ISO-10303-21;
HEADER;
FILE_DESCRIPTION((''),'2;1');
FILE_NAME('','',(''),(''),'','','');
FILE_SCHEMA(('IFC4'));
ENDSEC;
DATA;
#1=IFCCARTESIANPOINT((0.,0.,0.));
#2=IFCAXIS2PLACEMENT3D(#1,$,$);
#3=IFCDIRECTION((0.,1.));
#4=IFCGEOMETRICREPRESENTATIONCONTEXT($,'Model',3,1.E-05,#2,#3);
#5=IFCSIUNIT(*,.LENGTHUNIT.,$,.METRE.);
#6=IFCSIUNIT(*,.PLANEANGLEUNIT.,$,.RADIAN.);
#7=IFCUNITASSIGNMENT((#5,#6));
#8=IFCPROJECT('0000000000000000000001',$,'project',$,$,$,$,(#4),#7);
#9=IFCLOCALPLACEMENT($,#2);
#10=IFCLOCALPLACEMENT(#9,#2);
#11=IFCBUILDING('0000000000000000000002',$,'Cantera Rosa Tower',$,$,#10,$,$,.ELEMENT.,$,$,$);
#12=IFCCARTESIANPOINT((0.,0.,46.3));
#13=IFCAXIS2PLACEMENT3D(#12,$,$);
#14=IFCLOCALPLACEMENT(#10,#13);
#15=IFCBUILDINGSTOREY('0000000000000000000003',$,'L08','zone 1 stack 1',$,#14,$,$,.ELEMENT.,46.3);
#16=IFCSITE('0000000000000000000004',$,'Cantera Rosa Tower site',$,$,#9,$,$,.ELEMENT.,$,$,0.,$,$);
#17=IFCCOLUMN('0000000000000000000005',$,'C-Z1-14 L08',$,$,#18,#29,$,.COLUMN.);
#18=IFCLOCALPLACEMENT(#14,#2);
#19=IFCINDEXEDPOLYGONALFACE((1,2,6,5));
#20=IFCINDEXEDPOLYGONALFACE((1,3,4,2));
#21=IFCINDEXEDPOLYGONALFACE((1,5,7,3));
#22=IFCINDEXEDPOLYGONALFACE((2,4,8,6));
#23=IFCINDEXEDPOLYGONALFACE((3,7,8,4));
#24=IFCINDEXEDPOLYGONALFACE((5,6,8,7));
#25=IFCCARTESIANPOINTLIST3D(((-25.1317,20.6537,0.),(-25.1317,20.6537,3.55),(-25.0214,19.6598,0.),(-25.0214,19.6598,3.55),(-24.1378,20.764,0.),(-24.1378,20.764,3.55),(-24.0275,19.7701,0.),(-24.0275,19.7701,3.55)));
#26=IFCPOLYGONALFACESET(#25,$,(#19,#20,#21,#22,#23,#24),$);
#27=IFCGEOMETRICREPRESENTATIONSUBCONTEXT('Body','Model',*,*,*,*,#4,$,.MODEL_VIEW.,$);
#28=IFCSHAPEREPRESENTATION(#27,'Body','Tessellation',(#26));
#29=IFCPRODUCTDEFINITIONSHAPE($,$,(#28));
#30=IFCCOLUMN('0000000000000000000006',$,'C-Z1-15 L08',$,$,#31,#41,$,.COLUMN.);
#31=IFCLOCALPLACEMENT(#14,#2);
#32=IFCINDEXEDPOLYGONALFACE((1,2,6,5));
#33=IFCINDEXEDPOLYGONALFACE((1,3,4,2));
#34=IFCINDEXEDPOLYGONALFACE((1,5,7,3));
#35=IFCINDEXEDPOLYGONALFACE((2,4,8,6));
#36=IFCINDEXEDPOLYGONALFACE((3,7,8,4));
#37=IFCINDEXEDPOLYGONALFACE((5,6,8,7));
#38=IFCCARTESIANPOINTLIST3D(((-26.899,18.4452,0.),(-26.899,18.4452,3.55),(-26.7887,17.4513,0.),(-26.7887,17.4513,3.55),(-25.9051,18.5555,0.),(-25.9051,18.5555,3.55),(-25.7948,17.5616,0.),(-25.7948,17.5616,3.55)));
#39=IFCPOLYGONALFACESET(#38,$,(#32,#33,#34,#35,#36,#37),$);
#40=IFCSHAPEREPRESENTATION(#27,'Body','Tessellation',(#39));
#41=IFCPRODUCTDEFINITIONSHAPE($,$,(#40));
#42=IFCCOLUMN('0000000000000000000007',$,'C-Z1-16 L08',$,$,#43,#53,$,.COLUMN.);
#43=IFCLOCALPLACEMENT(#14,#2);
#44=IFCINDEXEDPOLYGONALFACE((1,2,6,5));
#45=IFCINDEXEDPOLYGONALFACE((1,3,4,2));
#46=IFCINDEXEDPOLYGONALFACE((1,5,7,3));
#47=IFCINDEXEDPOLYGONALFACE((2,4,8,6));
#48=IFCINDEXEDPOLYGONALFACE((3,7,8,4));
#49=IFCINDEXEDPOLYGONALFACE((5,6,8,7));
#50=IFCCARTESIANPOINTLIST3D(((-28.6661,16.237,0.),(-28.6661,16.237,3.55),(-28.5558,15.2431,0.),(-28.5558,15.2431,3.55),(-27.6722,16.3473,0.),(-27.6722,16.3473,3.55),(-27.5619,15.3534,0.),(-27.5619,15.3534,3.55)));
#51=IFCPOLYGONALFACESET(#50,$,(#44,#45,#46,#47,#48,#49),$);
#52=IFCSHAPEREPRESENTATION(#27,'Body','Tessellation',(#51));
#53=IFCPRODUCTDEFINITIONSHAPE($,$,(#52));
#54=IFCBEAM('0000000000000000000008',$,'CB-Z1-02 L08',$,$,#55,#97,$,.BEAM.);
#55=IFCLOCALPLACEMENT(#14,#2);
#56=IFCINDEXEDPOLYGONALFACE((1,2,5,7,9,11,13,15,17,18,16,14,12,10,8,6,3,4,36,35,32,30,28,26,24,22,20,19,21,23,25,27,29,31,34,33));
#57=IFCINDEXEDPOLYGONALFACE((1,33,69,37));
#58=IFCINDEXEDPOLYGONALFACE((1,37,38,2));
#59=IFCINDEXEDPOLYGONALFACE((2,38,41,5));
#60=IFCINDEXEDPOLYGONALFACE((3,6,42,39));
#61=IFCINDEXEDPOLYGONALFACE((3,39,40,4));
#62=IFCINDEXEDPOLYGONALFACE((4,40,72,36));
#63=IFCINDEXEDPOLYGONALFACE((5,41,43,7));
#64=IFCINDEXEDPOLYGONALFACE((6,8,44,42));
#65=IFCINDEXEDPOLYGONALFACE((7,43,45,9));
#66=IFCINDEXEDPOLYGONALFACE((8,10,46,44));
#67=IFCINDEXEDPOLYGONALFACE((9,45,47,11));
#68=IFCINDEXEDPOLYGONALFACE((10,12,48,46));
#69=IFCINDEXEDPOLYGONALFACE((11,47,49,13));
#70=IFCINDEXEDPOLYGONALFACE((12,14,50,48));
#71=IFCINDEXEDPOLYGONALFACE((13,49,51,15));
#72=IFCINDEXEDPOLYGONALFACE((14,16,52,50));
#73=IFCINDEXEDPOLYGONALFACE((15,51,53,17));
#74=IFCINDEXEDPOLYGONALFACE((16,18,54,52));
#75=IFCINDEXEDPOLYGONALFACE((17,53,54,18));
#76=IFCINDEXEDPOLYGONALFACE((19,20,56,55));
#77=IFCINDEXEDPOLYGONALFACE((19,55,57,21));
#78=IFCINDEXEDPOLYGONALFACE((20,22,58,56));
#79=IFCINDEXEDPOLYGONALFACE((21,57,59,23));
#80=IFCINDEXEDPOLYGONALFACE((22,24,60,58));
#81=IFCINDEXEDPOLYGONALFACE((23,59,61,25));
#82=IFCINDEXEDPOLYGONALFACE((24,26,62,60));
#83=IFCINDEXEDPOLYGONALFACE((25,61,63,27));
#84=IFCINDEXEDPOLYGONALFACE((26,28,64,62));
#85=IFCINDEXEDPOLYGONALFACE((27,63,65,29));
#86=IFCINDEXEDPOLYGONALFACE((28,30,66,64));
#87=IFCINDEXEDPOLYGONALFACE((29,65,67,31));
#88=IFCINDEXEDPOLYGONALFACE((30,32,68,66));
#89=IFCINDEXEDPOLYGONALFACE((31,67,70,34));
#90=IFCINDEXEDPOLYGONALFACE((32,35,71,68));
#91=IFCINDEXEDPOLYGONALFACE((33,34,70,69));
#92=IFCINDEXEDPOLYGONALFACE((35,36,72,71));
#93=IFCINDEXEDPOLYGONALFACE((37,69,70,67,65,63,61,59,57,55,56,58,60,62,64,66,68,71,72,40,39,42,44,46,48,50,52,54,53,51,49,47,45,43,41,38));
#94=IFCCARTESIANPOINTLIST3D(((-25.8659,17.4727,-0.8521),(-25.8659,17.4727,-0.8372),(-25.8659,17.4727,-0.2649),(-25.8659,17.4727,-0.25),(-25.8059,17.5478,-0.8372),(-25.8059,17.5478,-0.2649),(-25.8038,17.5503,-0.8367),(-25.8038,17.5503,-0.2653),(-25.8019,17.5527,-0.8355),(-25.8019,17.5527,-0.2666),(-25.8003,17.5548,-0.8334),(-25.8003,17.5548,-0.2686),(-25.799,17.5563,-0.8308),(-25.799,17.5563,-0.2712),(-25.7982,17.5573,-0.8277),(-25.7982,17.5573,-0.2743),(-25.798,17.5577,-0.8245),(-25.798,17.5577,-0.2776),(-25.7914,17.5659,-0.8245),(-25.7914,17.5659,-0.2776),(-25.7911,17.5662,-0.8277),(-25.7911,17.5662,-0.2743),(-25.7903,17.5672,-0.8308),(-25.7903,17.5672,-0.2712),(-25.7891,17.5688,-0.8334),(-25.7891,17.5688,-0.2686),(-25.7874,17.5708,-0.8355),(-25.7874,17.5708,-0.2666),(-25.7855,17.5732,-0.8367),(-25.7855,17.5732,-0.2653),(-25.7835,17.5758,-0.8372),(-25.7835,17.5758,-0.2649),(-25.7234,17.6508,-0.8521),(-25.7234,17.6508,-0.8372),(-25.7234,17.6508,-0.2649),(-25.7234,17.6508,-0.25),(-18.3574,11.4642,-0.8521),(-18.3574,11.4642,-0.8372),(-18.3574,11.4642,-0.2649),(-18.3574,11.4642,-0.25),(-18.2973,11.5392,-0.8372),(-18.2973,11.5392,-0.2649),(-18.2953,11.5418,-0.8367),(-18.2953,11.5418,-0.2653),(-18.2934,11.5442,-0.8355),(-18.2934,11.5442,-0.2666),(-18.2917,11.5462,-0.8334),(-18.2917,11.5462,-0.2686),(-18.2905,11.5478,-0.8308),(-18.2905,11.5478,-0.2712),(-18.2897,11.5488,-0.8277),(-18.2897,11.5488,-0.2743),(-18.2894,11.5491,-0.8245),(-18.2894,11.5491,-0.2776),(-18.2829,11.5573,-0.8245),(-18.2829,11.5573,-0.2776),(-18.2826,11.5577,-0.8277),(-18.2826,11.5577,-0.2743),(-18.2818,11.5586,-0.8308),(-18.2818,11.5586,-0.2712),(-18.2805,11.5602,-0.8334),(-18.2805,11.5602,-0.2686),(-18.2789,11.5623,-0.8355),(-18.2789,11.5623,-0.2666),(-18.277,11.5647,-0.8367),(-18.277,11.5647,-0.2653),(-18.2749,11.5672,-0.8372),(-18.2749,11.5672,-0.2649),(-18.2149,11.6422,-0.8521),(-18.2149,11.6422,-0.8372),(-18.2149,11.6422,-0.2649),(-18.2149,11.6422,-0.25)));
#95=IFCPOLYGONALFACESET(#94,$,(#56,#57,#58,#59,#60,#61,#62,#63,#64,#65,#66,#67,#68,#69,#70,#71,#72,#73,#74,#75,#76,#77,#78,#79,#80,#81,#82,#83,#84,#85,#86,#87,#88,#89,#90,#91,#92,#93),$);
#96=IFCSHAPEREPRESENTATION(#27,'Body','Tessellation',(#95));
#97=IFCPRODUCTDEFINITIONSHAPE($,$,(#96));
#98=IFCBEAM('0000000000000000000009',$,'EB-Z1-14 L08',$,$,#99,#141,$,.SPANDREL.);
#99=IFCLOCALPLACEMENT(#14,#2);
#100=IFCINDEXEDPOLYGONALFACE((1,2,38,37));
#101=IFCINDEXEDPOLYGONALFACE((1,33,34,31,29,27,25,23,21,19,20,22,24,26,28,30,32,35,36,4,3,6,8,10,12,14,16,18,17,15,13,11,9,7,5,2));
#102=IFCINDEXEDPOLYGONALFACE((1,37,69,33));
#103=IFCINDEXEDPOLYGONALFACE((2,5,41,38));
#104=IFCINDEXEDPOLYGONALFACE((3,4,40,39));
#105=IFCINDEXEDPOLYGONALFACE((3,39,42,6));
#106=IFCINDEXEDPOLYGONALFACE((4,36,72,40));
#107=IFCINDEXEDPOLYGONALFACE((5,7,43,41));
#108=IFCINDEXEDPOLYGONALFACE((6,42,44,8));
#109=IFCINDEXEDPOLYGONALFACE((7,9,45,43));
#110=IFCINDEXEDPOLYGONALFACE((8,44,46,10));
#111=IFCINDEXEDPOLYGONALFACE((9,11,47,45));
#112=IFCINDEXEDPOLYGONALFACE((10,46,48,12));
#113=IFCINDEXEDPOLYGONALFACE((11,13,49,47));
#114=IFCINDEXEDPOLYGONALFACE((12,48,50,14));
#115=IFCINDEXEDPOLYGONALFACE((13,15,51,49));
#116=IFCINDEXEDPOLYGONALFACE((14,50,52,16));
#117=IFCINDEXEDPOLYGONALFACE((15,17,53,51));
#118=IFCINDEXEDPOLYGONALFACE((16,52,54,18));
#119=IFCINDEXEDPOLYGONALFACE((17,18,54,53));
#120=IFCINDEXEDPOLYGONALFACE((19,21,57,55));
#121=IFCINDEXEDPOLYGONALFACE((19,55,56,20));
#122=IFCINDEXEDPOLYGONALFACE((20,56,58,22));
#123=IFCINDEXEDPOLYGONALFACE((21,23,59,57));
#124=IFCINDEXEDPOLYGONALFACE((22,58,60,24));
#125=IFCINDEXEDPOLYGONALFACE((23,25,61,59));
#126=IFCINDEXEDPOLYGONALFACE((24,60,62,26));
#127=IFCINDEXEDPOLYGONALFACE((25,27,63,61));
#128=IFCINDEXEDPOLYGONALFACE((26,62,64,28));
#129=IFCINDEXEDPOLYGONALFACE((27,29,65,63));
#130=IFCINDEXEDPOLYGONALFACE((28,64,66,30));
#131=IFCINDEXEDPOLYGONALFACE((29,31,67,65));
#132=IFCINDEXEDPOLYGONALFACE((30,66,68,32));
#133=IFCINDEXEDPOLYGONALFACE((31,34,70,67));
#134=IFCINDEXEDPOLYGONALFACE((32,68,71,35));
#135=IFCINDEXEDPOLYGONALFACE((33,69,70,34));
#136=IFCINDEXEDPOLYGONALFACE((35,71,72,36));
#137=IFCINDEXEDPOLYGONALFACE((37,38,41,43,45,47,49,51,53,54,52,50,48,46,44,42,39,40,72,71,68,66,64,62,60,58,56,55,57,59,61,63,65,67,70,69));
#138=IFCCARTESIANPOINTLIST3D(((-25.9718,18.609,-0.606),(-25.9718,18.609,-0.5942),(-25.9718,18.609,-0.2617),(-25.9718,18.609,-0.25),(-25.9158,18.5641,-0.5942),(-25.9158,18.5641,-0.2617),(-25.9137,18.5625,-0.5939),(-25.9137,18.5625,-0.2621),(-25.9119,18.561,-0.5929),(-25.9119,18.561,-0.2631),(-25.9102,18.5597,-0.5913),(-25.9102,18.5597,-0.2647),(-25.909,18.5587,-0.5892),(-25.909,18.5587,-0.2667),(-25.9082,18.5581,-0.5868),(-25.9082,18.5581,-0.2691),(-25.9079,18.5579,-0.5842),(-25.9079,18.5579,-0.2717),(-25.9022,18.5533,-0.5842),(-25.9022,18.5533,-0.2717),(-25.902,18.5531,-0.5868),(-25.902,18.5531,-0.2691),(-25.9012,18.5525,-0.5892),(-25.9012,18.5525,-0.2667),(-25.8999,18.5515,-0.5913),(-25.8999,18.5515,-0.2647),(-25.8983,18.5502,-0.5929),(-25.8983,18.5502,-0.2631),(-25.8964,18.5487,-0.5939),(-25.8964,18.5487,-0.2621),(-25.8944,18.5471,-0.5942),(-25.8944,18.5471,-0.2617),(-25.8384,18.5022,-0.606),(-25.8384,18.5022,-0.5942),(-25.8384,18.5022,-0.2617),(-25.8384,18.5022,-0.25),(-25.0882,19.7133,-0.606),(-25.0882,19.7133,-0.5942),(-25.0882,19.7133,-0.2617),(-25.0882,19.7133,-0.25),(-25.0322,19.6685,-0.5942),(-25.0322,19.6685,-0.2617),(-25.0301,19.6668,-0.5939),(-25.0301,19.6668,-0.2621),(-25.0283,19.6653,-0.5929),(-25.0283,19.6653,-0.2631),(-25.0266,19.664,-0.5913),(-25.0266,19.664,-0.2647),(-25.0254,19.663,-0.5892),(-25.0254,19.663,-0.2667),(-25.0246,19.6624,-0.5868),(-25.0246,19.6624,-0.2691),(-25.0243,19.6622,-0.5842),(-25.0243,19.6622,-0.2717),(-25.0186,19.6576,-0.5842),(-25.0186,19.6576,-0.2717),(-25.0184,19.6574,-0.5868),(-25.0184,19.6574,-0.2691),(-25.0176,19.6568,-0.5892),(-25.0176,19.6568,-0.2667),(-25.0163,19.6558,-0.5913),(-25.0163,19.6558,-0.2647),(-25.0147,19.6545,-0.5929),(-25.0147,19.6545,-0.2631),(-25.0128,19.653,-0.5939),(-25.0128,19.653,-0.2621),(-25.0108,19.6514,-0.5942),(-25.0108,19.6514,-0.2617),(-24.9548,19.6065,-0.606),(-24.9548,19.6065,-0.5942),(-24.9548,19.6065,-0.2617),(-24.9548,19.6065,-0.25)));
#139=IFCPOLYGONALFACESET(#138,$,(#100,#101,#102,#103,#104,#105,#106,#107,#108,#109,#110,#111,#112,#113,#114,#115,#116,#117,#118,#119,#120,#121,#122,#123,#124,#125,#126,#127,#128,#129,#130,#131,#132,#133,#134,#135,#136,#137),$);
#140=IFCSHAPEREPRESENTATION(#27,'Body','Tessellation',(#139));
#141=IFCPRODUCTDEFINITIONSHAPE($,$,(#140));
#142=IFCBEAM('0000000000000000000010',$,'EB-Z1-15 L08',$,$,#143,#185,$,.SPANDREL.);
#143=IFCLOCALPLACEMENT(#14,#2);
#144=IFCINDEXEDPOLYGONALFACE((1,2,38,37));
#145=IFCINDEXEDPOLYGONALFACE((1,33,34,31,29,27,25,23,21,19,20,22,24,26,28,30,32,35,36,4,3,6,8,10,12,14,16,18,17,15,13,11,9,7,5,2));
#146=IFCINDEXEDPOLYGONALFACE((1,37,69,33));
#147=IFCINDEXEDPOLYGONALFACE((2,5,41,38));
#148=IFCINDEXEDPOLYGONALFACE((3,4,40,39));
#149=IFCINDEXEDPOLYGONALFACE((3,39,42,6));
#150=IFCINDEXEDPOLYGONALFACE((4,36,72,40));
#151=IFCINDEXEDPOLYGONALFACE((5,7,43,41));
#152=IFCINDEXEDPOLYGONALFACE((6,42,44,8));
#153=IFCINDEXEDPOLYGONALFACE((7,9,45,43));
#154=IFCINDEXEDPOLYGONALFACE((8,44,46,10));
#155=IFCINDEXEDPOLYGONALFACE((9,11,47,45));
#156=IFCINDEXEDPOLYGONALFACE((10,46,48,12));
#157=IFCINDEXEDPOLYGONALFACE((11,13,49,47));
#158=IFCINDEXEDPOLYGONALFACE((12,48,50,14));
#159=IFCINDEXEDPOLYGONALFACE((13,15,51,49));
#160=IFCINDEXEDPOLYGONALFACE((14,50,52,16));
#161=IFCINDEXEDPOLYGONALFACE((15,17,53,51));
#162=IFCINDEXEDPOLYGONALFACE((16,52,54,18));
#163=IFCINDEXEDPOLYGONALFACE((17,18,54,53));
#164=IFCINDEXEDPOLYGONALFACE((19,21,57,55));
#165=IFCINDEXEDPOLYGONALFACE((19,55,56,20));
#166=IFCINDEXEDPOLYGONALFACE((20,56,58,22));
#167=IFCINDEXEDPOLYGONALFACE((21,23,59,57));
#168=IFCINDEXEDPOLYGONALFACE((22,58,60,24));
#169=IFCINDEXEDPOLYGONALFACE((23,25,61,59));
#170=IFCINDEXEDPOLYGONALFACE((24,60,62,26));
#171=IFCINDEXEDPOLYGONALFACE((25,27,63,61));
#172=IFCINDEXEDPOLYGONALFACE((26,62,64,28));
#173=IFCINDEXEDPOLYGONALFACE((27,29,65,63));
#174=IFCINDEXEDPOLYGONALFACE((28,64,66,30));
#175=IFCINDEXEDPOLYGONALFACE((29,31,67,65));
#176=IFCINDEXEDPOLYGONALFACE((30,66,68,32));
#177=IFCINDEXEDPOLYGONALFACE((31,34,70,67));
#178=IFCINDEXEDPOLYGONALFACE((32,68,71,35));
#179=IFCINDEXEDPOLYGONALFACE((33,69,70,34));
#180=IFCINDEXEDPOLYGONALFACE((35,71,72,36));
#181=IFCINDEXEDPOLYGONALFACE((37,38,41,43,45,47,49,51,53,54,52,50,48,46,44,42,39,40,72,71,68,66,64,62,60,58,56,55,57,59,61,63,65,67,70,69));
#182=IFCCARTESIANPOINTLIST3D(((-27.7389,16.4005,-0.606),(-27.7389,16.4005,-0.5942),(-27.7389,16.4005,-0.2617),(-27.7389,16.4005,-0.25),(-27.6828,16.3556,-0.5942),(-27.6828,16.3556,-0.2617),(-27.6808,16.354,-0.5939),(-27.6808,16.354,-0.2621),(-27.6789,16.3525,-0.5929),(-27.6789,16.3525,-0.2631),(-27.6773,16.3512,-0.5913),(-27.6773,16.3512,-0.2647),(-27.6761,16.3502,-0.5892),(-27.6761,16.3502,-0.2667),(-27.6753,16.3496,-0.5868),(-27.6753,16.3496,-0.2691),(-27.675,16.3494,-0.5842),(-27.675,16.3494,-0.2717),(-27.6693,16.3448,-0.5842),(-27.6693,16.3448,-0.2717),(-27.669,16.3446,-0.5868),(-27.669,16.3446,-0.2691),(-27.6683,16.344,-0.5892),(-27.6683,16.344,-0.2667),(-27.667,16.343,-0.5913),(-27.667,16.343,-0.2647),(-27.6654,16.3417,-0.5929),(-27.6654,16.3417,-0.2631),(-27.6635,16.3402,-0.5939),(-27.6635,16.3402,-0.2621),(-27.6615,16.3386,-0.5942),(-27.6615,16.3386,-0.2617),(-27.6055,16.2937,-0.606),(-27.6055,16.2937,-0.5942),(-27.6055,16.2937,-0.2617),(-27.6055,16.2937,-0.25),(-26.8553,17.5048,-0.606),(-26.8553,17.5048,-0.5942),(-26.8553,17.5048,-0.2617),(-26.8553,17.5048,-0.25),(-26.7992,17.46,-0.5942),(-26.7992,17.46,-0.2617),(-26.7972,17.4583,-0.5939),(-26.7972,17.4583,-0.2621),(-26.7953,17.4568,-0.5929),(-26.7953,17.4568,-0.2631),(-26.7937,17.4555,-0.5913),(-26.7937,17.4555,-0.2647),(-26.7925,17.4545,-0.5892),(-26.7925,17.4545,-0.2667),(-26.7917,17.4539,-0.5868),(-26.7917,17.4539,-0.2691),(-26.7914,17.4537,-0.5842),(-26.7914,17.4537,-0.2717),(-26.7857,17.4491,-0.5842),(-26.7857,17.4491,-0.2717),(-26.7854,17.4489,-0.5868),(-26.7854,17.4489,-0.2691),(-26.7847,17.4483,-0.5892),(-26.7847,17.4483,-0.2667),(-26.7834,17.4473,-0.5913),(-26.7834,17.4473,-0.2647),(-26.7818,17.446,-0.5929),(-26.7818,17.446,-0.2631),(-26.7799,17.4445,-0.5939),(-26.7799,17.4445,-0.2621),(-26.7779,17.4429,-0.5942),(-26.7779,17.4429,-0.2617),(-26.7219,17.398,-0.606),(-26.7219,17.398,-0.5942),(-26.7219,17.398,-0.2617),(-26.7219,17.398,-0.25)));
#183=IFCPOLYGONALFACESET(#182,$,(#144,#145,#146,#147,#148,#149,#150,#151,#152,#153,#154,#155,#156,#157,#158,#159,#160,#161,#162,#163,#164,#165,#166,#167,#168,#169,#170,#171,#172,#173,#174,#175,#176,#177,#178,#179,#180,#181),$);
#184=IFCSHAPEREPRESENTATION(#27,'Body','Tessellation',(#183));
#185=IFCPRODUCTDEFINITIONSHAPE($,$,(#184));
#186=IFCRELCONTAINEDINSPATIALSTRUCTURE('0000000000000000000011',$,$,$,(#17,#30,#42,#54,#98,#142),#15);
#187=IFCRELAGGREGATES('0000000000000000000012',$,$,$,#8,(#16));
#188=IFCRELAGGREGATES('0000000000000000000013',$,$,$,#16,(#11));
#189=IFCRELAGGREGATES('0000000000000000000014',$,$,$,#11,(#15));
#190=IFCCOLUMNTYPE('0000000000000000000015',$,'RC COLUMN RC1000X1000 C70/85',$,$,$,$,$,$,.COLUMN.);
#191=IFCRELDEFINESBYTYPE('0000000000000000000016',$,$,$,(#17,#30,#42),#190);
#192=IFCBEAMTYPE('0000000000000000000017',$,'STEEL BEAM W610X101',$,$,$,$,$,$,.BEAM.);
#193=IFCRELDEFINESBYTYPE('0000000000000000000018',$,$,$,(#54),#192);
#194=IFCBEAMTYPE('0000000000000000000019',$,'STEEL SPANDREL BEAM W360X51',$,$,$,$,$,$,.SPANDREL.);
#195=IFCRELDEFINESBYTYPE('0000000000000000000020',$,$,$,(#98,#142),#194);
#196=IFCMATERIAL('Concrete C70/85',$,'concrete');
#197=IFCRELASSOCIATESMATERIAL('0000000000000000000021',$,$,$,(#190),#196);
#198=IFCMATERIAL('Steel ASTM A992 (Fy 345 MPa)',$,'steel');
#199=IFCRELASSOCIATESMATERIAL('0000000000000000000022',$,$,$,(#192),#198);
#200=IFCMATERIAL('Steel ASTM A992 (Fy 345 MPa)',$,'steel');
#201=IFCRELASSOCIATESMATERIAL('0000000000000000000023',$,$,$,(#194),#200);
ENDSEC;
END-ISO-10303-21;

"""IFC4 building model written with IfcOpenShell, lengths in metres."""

from ifc_helpers import new_model, si_unit, direction, frame, origin, origin_2d, place, context, subcontext, project, spatial, rectangle, i_section, extrude, material, material_profile, profile_set, type_object, element, save


model = new_model("IFC4")

# Units and contexts
model_context = context("Model", 3, precision=1e-05, world=origin(), true_north=direction((0.0, 1.0)))
body_context = subcontext(model_context, "Body", "Model", "MODEL_VIEW")
ifc_project = project(units=[si_unit("LENGTHUNIT", "METRE"), si_unit("PLANEANGLEUNIT", "RADIAN")], contexts=[model_context])

# Site, building, storey
site_placement = place(None, origin())
site = spatial("IfcSite", under=ifc_project, at=site_placement, Name="Cantera Rosa Tower site", CompositionType="ELEMENT", RefElevation=0.0)
building_placement = place(site_placement, origin())
building = spatial("IfcBuilding", under=site, at=building_placement, Name="Cantera Rosa Tower", CompositionType="ELEMENT")
storey_placement = place(building_placement, frame((0.0, 0.0, 46.3)))
storey = spatial("IfcBuildingStorey", under=building, at=storey_placement, Name="L08", Description="zone 1 stack 1", CompositionType="ELEMENT", Elevation=46.3)

# Columns
ifc_material_1 = material(Name="Concrete C70/85", Category="concrete")
ifc_material_profile_1 = material_profile(ifc_material_1, rectangle(XDim=1.0, YDim=1.0, at=origin_2d()), Name="RC COLUMN RC1000X1000 C70/85")
ifc_profile_set_1 = profile_set([ifc_material_profile_1], Name="Concrete C70/85")
column_type = type_object("IfcColumnType", Name="RC COLUMN RC1000X1000 C70/85", PredefinedType="COLUMN", material=ifc_profile_set_1)
for number, where, z_axis, x_axis, name in (
    (1, (-24.5796, 20.2119, 0.0), (0.0, 0.0, 1.0), (0.993897, 0.110313, 0.0), "C-Z1-14 L08"),
    (2, (-26.3469, 18.0034, 0.0), (0.0, 0.0, 1.0), (0.993897, 0.110313, 0.0), "C-Z1-15 L08"),
    (3, (-28.114, 15.7952, 0.0), (0.0, 0.0, 1.0), (0.993897, 0.110313, 0.0), "C-Z1-16 L08"),
):
    element("IfcColumn", number, at=place(storey_placement, frame(where, z_axis=z_axis, x_axis=x_axis)), inside=storey, type_object=column_type, Name=name, PredefinedType="COLUMN", context=body_context, shape_type="SweptSolid", body=[
        extrude(rectangle(XDim=1.0, YDim=1.0, at=origin_2d()), origin(), (0.0, 0.0, 1.0), 3.55),
    ])

# Beams
ifc_material_2 = material(Name="Steel ASTM A992 (Fy 345 MPa)", Category="steel")
ifc_material_profile_2 = material_profile(ifc_material_2, i_section(OverallWidth=0.228, OverallDepth=0.6021, WebThickness=0.0105, FlangeThickness=0.0149, FilletRadius=0.0127, at=origin_2d()), Name="W610X101")
ifc_profile_set_2 = profile_set([ifc_material_profile_2], Name="Steel ASTM A992 (Fy 345 MPa)")
beam_type_1 = type_object("IfcBeamType", Name="STEEL BEAM W610X101", PredefinedType="BEAM", material=ifc_profile_set_2)
beam_1_placement = place(storey_placement, frame((-25.7947, 17.5618, -0.551), z_axis=(0.780782, -0.624803, 0.0), x_axis=(0.624803, 0.780782, 0.0)))
element("IfcBeam", 4, at=beam_1_placement, inside=storey, type_object=beam_type_1, Name="CB-Z1-02 L08", PredefinedType="BEAM", context=body_context, shape_type="SweptSolid", body=[
    extrude(i_section(OverallWidth=0.228, OverallDepth=0.6021, WebThickness=0.0105, FlangeThickness=0.0149, FilletRadius=0.0127, at=origin_2d()), origin(), (0.0, 0.0, 1.0), 9.6167),
])
ifc_material_3 = material(Name="Steel ASTM A992 (Fy 345 MPa)", Category="steel")
ifc_material_profile_3 = material_profile(ifc_material_3, i_section(OverallWidth=0.1709, OverallDepth=0.356, WebThickness=0.0073, FlangeThickness=0.0117, FilletRadius=0.01, at=origin_2d()), Name="W360X51")
ifc_profile_set_3 = profile_set([ifc_material_profile_3], Name="Steel ASTM A992 (Fy 345 MPa)")
beam_type_2 = type_object("IfcBeamType", Name="STEEL SPANDREL BEAM W360X51", PredefinedType="SPANDREL", material=ifc_profile_set_3)
for number, where, z_axis, x_axis, name in (
    (5, (-25.0215, 19.6599, -0.428), (-0.624758, -0.780818, 0.0), (0.780818, -0.624758, 0.0), "EB-Z1-14 L08"),
    (6, (-26.7886, 17.4514, -0.428), (-0.624758, -0.780818, 0.0), (0.780818, -0.624758, 0.0), "EB-Z1-15 L08"),
):
    element("IfcBeam", number, at=place(storey_placement, frame(where, z_axis=z_axis, x_axis=x_axis)), inside=storey, type_object=beam_type_2, Name=name, PredefinedType="SPANDREL", context=body_context, shape_type="SweptSolid", body=[
        extrude(i_section(OverallWidth=0.1709, OverallDepth=0.356, WebThickness=0.0073, FlangeThickness=0.0117, FilletRadius=0.01, at=origin_2d()), origin(), (0.0, 0.0, 1.0), 1.4143),
    ])

save(model, "model.ifc")
